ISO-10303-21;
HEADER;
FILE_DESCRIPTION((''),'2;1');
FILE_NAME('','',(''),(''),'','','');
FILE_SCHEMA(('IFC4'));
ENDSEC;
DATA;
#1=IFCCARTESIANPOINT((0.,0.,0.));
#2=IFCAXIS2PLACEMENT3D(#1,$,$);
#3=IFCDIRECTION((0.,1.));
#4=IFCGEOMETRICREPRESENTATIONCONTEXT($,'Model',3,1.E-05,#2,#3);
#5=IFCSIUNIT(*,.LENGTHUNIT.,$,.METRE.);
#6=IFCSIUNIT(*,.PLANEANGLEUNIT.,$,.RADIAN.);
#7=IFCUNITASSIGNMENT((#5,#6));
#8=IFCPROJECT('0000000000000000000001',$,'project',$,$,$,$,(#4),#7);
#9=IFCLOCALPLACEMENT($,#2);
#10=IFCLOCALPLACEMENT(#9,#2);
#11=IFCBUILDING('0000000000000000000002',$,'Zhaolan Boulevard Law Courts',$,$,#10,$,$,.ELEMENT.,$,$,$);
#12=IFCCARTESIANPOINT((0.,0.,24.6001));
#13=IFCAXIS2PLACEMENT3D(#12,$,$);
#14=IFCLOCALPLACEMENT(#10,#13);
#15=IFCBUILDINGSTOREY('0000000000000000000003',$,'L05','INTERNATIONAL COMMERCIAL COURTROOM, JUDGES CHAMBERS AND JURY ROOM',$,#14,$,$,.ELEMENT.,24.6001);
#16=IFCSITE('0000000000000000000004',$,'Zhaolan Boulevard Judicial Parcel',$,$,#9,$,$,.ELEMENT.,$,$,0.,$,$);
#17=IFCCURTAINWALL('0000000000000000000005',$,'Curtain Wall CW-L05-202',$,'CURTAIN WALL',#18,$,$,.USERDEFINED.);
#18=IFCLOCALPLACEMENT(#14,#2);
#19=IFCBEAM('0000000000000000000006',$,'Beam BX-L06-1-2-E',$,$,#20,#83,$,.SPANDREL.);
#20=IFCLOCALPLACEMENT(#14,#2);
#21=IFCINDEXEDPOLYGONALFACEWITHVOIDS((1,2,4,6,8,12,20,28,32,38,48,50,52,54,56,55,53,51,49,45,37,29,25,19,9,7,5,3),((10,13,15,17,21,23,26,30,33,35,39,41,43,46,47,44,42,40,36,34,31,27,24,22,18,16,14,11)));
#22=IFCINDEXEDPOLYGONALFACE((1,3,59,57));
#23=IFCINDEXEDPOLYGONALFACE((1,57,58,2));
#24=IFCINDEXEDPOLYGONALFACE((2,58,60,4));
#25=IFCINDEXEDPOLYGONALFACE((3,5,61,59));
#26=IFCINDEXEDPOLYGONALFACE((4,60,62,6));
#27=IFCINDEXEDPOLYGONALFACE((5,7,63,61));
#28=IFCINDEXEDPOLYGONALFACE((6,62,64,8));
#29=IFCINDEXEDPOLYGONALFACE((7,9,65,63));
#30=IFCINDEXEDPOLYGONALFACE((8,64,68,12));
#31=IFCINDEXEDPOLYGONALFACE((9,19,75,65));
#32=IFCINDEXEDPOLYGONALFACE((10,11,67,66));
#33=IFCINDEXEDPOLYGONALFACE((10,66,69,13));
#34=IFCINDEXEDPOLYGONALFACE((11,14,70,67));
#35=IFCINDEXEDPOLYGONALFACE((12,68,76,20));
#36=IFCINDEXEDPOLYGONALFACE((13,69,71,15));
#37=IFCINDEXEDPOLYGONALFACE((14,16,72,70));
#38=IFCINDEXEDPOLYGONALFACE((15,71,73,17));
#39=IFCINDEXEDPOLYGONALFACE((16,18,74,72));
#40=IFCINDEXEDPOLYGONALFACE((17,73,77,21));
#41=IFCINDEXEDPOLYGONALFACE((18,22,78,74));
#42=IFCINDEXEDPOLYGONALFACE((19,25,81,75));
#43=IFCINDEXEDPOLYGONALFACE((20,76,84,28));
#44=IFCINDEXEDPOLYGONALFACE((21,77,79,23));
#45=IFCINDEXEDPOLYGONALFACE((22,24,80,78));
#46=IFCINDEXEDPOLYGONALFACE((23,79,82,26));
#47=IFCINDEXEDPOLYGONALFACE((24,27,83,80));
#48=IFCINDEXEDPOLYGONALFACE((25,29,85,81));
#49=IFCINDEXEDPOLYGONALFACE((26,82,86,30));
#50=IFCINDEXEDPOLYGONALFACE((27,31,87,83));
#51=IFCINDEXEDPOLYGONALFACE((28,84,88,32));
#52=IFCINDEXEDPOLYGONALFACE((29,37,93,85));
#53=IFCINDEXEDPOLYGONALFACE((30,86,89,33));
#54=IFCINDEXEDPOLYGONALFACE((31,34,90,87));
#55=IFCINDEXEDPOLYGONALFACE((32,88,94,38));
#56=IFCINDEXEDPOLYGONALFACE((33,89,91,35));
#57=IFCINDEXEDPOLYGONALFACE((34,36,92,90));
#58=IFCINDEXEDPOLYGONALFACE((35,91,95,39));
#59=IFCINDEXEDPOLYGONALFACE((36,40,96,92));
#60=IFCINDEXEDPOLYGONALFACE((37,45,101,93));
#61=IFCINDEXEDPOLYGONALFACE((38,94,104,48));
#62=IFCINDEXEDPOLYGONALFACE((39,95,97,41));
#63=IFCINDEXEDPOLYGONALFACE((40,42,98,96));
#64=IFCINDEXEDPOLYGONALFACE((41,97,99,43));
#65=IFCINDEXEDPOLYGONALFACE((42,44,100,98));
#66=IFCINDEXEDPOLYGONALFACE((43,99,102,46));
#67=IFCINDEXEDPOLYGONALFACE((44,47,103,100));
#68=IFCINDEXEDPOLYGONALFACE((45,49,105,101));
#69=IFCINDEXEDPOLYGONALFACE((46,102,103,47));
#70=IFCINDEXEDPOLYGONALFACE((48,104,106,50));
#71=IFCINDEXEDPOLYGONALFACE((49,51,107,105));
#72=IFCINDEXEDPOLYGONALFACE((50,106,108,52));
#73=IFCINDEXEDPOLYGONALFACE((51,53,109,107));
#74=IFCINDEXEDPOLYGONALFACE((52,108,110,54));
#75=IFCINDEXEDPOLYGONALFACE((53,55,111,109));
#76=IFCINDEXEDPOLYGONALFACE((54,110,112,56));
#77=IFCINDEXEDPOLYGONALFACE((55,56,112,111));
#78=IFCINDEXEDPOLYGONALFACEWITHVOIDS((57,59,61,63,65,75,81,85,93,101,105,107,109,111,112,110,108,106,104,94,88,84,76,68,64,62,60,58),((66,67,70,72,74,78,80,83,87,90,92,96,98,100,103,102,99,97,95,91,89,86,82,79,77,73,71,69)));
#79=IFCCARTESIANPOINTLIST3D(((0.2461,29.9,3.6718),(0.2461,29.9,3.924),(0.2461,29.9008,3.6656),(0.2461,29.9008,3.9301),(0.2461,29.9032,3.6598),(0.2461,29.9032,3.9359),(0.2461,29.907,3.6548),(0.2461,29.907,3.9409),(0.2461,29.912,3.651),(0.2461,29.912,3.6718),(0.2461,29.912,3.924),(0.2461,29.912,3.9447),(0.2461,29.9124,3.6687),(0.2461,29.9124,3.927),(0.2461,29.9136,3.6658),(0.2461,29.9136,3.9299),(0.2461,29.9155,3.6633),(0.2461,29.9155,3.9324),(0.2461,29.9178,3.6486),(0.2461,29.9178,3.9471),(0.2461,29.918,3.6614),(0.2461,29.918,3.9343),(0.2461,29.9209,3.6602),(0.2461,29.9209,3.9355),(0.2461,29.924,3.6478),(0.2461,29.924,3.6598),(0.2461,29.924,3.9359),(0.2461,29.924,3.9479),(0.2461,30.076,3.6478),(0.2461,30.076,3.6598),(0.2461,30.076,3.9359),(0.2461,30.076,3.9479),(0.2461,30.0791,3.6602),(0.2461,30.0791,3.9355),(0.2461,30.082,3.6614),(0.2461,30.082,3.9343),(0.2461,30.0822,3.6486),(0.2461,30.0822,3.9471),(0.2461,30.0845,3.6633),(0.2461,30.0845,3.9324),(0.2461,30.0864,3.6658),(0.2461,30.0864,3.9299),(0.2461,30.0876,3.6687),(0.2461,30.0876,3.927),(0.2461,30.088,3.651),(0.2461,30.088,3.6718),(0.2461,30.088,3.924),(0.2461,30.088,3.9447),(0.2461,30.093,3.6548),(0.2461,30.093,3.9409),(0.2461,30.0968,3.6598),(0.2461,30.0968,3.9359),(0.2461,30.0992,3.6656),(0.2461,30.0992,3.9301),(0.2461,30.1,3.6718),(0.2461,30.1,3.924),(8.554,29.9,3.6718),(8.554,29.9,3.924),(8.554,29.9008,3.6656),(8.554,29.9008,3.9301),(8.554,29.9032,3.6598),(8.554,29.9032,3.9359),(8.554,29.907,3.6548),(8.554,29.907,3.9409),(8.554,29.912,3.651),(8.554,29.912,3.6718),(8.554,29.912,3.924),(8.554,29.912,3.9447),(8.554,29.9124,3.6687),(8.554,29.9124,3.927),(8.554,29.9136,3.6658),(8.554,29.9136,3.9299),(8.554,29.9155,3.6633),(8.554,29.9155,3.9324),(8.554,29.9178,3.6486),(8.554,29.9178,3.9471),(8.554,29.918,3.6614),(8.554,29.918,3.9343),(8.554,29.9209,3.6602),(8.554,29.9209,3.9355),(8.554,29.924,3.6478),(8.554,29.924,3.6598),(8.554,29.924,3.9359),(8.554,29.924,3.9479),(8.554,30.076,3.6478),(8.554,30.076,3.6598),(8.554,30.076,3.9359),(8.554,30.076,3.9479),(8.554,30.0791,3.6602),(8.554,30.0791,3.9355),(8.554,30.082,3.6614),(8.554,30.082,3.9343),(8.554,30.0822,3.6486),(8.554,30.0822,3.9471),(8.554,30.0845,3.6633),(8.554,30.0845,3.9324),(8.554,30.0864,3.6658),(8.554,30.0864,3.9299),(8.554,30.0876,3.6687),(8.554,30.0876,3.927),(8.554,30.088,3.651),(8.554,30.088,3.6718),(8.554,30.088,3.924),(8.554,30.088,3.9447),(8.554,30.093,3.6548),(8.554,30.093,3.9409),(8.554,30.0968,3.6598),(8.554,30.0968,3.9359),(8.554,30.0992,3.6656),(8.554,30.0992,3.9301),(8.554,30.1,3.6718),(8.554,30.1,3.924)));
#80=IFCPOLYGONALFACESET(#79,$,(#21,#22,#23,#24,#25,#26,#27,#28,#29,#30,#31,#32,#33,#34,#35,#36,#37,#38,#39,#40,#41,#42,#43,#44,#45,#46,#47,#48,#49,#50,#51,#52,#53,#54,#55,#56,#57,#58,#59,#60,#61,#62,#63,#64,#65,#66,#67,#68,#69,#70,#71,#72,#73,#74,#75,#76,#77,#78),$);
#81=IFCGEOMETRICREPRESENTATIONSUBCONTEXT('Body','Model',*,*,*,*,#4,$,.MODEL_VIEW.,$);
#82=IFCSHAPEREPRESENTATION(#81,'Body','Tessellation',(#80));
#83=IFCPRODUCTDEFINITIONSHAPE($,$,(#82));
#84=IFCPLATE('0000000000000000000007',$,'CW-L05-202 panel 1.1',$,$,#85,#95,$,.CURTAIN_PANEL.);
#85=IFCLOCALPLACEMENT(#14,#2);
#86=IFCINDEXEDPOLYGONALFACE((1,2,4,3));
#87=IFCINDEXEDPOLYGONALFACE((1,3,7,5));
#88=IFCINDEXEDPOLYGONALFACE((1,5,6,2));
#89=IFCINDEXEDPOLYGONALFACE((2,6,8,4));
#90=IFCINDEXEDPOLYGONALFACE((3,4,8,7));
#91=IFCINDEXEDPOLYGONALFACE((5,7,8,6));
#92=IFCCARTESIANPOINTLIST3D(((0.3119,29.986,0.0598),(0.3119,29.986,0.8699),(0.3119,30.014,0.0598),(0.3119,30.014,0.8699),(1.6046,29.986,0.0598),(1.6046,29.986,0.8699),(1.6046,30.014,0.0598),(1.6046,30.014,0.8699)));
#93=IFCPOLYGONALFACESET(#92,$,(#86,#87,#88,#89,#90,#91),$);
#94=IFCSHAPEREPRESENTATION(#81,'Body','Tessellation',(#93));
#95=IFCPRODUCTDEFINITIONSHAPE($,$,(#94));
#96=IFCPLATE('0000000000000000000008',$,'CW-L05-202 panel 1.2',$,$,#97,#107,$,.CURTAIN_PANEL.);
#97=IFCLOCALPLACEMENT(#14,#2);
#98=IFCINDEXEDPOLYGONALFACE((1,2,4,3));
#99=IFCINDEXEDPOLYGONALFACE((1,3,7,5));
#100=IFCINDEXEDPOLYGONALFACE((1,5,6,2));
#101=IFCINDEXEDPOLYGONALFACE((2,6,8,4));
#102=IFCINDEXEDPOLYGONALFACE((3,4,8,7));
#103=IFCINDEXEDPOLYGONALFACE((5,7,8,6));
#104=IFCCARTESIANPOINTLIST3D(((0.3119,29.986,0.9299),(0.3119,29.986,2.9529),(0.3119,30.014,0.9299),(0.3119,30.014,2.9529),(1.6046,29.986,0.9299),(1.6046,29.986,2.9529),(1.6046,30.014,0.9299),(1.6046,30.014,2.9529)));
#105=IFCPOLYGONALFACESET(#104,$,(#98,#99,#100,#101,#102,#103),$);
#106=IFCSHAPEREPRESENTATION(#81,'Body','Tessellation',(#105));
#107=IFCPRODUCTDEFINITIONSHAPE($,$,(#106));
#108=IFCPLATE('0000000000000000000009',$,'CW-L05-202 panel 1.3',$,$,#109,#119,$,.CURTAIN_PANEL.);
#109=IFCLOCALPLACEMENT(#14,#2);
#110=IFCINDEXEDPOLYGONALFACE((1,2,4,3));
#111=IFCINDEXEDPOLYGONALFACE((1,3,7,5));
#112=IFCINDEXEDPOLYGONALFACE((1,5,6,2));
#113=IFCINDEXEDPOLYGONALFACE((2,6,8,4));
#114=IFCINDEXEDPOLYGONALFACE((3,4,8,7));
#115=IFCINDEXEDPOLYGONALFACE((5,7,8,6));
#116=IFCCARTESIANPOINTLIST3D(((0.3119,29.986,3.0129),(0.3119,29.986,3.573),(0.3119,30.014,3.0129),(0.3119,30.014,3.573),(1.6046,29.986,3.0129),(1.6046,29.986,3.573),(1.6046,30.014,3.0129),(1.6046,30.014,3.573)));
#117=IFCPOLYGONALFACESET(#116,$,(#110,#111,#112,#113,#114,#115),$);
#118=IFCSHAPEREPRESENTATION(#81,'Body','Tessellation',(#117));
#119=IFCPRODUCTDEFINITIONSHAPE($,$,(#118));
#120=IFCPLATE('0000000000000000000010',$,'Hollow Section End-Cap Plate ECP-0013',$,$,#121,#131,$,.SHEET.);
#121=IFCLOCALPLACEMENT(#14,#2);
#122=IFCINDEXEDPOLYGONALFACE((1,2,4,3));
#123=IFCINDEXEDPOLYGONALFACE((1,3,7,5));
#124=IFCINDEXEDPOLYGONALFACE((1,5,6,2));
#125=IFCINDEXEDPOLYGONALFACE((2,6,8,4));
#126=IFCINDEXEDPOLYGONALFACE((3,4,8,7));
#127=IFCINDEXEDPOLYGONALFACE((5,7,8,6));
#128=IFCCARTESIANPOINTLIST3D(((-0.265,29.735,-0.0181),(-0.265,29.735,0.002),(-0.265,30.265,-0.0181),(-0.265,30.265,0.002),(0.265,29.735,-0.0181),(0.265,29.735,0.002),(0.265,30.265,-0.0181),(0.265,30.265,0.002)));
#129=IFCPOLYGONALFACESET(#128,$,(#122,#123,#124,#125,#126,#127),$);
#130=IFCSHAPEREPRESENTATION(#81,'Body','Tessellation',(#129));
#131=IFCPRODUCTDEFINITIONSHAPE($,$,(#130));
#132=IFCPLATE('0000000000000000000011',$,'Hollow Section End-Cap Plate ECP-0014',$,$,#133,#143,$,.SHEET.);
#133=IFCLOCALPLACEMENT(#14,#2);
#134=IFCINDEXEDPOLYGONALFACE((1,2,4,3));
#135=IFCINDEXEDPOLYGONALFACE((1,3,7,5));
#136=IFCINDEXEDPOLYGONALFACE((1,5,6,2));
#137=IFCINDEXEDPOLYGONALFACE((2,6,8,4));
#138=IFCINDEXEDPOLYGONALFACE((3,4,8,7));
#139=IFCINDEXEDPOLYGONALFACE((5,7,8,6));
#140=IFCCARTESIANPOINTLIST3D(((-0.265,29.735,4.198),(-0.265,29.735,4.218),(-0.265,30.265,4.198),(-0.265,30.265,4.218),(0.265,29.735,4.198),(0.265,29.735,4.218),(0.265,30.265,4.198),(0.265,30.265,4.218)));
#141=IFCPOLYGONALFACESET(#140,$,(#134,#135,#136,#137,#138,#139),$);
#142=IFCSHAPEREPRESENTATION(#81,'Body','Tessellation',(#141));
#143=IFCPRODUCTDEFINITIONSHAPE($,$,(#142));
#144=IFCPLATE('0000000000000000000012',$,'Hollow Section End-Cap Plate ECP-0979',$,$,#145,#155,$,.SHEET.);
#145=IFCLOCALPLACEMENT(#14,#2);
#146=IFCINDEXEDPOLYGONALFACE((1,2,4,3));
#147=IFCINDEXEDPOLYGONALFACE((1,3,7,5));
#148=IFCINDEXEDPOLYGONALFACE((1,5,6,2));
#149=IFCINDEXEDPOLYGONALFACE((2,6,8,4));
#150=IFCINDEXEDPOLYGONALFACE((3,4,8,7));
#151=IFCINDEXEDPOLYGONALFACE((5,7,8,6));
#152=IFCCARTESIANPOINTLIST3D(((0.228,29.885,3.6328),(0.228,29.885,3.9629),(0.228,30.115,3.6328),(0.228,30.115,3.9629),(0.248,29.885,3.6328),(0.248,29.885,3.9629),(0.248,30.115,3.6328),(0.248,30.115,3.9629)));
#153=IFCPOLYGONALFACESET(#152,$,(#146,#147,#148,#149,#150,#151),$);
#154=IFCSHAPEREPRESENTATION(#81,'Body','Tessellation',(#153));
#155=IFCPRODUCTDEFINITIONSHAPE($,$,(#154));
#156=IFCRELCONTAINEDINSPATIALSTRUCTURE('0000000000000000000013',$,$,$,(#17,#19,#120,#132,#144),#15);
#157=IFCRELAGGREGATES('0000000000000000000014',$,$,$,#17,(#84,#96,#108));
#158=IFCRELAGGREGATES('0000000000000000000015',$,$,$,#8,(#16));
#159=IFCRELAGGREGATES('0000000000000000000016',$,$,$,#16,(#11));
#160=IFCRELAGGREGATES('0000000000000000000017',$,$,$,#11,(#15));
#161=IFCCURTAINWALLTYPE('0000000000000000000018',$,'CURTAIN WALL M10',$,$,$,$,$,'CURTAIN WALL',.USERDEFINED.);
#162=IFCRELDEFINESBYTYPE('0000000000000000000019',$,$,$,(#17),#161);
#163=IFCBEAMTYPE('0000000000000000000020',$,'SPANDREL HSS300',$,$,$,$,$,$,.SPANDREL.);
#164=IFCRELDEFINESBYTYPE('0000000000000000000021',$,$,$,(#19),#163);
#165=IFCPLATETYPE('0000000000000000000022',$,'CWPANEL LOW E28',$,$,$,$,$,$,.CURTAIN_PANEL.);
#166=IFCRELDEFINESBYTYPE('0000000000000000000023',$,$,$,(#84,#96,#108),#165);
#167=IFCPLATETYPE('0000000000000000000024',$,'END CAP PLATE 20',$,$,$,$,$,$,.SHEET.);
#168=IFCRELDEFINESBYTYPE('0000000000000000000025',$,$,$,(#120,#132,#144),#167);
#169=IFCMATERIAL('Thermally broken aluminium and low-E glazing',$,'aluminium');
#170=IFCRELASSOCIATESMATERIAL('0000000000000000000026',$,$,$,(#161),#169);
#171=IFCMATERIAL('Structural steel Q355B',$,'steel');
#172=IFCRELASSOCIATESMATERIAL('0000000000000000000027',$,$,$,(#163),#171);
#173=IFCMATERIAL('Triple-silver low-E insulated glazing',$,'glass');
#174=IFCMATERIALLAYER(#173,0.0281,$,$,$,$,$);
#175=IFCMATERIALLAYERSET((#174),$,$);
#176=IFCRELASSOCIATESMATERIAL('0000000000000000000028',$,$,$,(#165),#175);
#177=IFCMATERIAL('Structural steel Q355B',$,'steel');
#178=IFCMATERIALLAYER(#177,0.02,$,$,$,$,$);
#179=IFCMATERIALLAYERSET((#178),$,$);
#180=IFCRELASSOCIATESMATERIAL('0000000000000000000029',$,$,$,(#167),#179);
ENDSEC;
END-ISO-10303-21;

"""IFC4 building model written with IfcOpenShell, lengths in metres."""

from ifc_helpers import new_model, si_unit, direction, frame, origin, origin_2d, place, context, subcontext, project, spatial, rectangle, hollow_rectangle, extrude, material, layer, layer_set, material_profile, profile_set, type_object, element, aggregate, save


model = new_model("IFC4")

# Units and contexts
model_context = context("Model", 3, precision=1e-05, world=origin(), true_north=direction((0.0, 1.0)))
body_context = subcontext(model_context, "Body", "Model", "MODEL_VIEW")
ifc_project = project(units=[si_unit("LENGTHUNIT", "METRE"), si_unit("PLANEANGLEUNIT", "RADIAN")], contexts=[model_context])

# Site, building, storey
site_placement = place(None, origin())
site = spatial("IfcSite", under=ifc_project, at=site_placement, Name="Zhaolan Boulevard Judicial Parcel", CompositionType="ELEMENT", RefElevation=0.0)
building_placement = place(site_placement, origin())
building = spatial("IfcBuilding", under=site, at=building_placement, Name="Zhaolan Boulevard Law Courts", CompositionType="ELEMENT")
storey_placement = place(building_placement, frame((0.0, 0.0, 24.6001)))
storey = spatial("IfcBuildingStorey", under=building, at=storey_placement, Name="L05", Description="INTERNATIONAL COMMERCIAL COURTROOM, JUDGES CHAMBERS AND JURY ROOM", CompositionType="ELEMENT", Elevation=24.6001)

# Curtain wall
ifc_material_1 = material(Name="Thermally broken aluminium and low-E glazing", Category="aluminium")
curtain_wall_type = type_object("IfcCurtainWallType", Name="CURTAIN WALL M10", ElementType="CURTAIN WALL", PredefinedType="USERDEFINED", material=ifc_material_1)
curtain_wall_placement = place(storey_placement, origin())
curtain_wall = element("IfcCurtainWall", 1, at=curtain_wall_placement, inside=storey, type_object=curtain_wall_type, Name="Curtain Wall CW-L05-202", ObjectType="CURTAIN WALL", PredefinedType="USERDEFINED")

# Beam
ifc_material_2 = material(Name="Structural steel Q355B", Category="steel")
ifc_material_profile_1 = material_profile(ifc_material_2, hollow_rectangle(XDim=0.2, YDim=0.3, WallThickness=0.012, InnerFilletRadius=0.012, OuterFilletRadius=0.0239, at=origin_2d()), Name="HSS300x200x12")
ifc_profile_set_1 = profile_set([ifc_material_profile_1], Name="Structural steel Q355B")
beam_type = type_object("IfcBeamType", Name="SPANDREL HSS300", PredefinedType="SPANDREL", material=ifc_profile_set_1)
beam_placement = place(storey_placement, frame((0.2461, 30.0, 3.7979), z_axis=(1.0, 0.0, 0.0), x_axis=(0.0, 1.0, 0.0)))
element("IfcBeam", 2, at=beam_placement, inside=storey, type_object=beam_type, Name="Beam BX-L06-1-2-E", PredefinedType="SPANDREL", context=body_context, shape_type="SweptSolid", body=[
    extrude(hollow_rectangle(XDim=0.2, YDim=0.3, WallThickness=0.012, InnerFilletRadius=0.012, OuterFilletRadius=0.0239, at=origin_2d()), origin(), (0.0, 0.0, 1.0), 8.3079),
])

# Plates
ifc_material_3 = material(Name="Triple-silver low-E insulated glazing", Category="glass")
ifc_layer_1 = layer(ifc_material_3, 0.0281)
ifc_layer_set_1 = layer_set([ifc_layer_1])
plate_type_1 = type_object("IfcPlateType", Name="CWPANEL LOW E28", PredefinedType="CURTAIN_PANEL", material=ifc_layer_set_1)
plate_1_placement = place(storey_placement, frame((0.9583, 30.0, 0.0598), z_axis=(0.0, 0.0, 1.0), x_axis=(1.0, 0.0, 0.0)))
plate_1 = element("IfcPlate", 3, at=plate_1_placement, type_object=plate_type_1, Name="CW-L05-202 panel 1.1", PredefinedType="CURTAIN_PANEL", context=body_context, shape_type="SweptSolid", body=[
    extrude(rectangle(XDim=1.2927, YDim=0.0281, at=origin_2d()), origin(), (0.0, 0.0, 1.0), 0.8101),
])
plate_2_placement = place(storey_placement, frame((0.9583, 30.0, 0.9299), z_axis=(0.0, 0.0, 1.0), x_axis=(1.0, 0.0, 0.0)))
plate_2 = element("IfcPlate", 4, at=plate_2_placement, type_object=plate_type_1, Name="CW-L05-202 panel 1.2", PredefinedType="CURTAIN_PANEL", context=body_context, shape_type="SweptSolid", body=[
    extrude(rectangle(XDim=1.2927, YDim=0.0281, at=origin_2d()), origin(), (0.0, 0.0, 1.0), 2.0229),
])
plate_3_placement = place(storey_placement, frame((0.9583, 30.0, 3.0129), z_axis=(0.0, 0.0, 1.0), x_axis=(1.0, 0.0, 0.0)))
plate_3 = element("IfcPlate", 5, at=plate_3_placement, type_object=plate_type_1, Name="CW-L05-202 panel 1.3", PredefinedType="CURTAIN_PANEL", context=body_context, shape_type="SweptSolid", body=[
    extrude(rectangle(XDim=1.2927, YDim=0.0281, at=origin_2d()), origin(), (0.0, 0.0, 1.0), 0.5601),
])
aggregate(curtain_wall, [plate_1, plate_2, plate_3])

# Plates
ifc_material_4 = material(Name="Structural steel Q355B", Category="steel")
ifc_layer_2 = layer(ifc_material_4, 0.02)
ifc_layer_set_2 = layer_set([ifc_layer_2])
plate_type_2 = type_object("IfcPlateType", Name="END CAP PLATE 20", PredefinedType="SHEET", material=ifc_layer_set_2)
for number, where, z_axis, x_axis, name in (
    (6, (0.0, 30.0, -0.0181), (0.0, 0.0, 1.0), (1.0, 0.0, 0.0), "Hollow Section End-Cap Plate ECP-0013"),
    (7, (0.0, 30.0, 4.198), (0.0, 0.0, 1.0), (1.0, 0.0, 0.0), "Hollow Section End-Cap Plate ECP-0014"),
):
    element("IfcPlate", number, at=place(storey_placement, frame(where, z_axis=z_axis, x_axis=x_axis)), inside=storey, type_object=plate_type_2, Name=name, PredefinedType="SHEET", context=body_context, shape_type="SweptSolid", body=[
        extrude(rectangle(XDim=0.53, YDim=0.53, at=origin_2d()), origin(), (0.0, 0.0, 1.0), 0.02),
    ])
plate_4_placement = place(storey_placement, frame((0.238, 30.0, 3.6328), z_axis=(0.0, 0.0, 1.0), x_axis=(1.0, 0.0, 0.0)))
element("IfcPlate", 8, at=plate_4_placement, inside=storey, type_object=plate_type_2, Name="Hollow Section End-Cap Plate ECP-0979", PredefinedType="SHEET", context=body_context, shape_type="SweptSolid", body=[
    extrude(rectangle(XDim=0.02, YDim=0.23, at=origin_2d()), origin(), (0.0, 0.0, 1.0), 0.3301),
])

save(model, "model.ifc")
